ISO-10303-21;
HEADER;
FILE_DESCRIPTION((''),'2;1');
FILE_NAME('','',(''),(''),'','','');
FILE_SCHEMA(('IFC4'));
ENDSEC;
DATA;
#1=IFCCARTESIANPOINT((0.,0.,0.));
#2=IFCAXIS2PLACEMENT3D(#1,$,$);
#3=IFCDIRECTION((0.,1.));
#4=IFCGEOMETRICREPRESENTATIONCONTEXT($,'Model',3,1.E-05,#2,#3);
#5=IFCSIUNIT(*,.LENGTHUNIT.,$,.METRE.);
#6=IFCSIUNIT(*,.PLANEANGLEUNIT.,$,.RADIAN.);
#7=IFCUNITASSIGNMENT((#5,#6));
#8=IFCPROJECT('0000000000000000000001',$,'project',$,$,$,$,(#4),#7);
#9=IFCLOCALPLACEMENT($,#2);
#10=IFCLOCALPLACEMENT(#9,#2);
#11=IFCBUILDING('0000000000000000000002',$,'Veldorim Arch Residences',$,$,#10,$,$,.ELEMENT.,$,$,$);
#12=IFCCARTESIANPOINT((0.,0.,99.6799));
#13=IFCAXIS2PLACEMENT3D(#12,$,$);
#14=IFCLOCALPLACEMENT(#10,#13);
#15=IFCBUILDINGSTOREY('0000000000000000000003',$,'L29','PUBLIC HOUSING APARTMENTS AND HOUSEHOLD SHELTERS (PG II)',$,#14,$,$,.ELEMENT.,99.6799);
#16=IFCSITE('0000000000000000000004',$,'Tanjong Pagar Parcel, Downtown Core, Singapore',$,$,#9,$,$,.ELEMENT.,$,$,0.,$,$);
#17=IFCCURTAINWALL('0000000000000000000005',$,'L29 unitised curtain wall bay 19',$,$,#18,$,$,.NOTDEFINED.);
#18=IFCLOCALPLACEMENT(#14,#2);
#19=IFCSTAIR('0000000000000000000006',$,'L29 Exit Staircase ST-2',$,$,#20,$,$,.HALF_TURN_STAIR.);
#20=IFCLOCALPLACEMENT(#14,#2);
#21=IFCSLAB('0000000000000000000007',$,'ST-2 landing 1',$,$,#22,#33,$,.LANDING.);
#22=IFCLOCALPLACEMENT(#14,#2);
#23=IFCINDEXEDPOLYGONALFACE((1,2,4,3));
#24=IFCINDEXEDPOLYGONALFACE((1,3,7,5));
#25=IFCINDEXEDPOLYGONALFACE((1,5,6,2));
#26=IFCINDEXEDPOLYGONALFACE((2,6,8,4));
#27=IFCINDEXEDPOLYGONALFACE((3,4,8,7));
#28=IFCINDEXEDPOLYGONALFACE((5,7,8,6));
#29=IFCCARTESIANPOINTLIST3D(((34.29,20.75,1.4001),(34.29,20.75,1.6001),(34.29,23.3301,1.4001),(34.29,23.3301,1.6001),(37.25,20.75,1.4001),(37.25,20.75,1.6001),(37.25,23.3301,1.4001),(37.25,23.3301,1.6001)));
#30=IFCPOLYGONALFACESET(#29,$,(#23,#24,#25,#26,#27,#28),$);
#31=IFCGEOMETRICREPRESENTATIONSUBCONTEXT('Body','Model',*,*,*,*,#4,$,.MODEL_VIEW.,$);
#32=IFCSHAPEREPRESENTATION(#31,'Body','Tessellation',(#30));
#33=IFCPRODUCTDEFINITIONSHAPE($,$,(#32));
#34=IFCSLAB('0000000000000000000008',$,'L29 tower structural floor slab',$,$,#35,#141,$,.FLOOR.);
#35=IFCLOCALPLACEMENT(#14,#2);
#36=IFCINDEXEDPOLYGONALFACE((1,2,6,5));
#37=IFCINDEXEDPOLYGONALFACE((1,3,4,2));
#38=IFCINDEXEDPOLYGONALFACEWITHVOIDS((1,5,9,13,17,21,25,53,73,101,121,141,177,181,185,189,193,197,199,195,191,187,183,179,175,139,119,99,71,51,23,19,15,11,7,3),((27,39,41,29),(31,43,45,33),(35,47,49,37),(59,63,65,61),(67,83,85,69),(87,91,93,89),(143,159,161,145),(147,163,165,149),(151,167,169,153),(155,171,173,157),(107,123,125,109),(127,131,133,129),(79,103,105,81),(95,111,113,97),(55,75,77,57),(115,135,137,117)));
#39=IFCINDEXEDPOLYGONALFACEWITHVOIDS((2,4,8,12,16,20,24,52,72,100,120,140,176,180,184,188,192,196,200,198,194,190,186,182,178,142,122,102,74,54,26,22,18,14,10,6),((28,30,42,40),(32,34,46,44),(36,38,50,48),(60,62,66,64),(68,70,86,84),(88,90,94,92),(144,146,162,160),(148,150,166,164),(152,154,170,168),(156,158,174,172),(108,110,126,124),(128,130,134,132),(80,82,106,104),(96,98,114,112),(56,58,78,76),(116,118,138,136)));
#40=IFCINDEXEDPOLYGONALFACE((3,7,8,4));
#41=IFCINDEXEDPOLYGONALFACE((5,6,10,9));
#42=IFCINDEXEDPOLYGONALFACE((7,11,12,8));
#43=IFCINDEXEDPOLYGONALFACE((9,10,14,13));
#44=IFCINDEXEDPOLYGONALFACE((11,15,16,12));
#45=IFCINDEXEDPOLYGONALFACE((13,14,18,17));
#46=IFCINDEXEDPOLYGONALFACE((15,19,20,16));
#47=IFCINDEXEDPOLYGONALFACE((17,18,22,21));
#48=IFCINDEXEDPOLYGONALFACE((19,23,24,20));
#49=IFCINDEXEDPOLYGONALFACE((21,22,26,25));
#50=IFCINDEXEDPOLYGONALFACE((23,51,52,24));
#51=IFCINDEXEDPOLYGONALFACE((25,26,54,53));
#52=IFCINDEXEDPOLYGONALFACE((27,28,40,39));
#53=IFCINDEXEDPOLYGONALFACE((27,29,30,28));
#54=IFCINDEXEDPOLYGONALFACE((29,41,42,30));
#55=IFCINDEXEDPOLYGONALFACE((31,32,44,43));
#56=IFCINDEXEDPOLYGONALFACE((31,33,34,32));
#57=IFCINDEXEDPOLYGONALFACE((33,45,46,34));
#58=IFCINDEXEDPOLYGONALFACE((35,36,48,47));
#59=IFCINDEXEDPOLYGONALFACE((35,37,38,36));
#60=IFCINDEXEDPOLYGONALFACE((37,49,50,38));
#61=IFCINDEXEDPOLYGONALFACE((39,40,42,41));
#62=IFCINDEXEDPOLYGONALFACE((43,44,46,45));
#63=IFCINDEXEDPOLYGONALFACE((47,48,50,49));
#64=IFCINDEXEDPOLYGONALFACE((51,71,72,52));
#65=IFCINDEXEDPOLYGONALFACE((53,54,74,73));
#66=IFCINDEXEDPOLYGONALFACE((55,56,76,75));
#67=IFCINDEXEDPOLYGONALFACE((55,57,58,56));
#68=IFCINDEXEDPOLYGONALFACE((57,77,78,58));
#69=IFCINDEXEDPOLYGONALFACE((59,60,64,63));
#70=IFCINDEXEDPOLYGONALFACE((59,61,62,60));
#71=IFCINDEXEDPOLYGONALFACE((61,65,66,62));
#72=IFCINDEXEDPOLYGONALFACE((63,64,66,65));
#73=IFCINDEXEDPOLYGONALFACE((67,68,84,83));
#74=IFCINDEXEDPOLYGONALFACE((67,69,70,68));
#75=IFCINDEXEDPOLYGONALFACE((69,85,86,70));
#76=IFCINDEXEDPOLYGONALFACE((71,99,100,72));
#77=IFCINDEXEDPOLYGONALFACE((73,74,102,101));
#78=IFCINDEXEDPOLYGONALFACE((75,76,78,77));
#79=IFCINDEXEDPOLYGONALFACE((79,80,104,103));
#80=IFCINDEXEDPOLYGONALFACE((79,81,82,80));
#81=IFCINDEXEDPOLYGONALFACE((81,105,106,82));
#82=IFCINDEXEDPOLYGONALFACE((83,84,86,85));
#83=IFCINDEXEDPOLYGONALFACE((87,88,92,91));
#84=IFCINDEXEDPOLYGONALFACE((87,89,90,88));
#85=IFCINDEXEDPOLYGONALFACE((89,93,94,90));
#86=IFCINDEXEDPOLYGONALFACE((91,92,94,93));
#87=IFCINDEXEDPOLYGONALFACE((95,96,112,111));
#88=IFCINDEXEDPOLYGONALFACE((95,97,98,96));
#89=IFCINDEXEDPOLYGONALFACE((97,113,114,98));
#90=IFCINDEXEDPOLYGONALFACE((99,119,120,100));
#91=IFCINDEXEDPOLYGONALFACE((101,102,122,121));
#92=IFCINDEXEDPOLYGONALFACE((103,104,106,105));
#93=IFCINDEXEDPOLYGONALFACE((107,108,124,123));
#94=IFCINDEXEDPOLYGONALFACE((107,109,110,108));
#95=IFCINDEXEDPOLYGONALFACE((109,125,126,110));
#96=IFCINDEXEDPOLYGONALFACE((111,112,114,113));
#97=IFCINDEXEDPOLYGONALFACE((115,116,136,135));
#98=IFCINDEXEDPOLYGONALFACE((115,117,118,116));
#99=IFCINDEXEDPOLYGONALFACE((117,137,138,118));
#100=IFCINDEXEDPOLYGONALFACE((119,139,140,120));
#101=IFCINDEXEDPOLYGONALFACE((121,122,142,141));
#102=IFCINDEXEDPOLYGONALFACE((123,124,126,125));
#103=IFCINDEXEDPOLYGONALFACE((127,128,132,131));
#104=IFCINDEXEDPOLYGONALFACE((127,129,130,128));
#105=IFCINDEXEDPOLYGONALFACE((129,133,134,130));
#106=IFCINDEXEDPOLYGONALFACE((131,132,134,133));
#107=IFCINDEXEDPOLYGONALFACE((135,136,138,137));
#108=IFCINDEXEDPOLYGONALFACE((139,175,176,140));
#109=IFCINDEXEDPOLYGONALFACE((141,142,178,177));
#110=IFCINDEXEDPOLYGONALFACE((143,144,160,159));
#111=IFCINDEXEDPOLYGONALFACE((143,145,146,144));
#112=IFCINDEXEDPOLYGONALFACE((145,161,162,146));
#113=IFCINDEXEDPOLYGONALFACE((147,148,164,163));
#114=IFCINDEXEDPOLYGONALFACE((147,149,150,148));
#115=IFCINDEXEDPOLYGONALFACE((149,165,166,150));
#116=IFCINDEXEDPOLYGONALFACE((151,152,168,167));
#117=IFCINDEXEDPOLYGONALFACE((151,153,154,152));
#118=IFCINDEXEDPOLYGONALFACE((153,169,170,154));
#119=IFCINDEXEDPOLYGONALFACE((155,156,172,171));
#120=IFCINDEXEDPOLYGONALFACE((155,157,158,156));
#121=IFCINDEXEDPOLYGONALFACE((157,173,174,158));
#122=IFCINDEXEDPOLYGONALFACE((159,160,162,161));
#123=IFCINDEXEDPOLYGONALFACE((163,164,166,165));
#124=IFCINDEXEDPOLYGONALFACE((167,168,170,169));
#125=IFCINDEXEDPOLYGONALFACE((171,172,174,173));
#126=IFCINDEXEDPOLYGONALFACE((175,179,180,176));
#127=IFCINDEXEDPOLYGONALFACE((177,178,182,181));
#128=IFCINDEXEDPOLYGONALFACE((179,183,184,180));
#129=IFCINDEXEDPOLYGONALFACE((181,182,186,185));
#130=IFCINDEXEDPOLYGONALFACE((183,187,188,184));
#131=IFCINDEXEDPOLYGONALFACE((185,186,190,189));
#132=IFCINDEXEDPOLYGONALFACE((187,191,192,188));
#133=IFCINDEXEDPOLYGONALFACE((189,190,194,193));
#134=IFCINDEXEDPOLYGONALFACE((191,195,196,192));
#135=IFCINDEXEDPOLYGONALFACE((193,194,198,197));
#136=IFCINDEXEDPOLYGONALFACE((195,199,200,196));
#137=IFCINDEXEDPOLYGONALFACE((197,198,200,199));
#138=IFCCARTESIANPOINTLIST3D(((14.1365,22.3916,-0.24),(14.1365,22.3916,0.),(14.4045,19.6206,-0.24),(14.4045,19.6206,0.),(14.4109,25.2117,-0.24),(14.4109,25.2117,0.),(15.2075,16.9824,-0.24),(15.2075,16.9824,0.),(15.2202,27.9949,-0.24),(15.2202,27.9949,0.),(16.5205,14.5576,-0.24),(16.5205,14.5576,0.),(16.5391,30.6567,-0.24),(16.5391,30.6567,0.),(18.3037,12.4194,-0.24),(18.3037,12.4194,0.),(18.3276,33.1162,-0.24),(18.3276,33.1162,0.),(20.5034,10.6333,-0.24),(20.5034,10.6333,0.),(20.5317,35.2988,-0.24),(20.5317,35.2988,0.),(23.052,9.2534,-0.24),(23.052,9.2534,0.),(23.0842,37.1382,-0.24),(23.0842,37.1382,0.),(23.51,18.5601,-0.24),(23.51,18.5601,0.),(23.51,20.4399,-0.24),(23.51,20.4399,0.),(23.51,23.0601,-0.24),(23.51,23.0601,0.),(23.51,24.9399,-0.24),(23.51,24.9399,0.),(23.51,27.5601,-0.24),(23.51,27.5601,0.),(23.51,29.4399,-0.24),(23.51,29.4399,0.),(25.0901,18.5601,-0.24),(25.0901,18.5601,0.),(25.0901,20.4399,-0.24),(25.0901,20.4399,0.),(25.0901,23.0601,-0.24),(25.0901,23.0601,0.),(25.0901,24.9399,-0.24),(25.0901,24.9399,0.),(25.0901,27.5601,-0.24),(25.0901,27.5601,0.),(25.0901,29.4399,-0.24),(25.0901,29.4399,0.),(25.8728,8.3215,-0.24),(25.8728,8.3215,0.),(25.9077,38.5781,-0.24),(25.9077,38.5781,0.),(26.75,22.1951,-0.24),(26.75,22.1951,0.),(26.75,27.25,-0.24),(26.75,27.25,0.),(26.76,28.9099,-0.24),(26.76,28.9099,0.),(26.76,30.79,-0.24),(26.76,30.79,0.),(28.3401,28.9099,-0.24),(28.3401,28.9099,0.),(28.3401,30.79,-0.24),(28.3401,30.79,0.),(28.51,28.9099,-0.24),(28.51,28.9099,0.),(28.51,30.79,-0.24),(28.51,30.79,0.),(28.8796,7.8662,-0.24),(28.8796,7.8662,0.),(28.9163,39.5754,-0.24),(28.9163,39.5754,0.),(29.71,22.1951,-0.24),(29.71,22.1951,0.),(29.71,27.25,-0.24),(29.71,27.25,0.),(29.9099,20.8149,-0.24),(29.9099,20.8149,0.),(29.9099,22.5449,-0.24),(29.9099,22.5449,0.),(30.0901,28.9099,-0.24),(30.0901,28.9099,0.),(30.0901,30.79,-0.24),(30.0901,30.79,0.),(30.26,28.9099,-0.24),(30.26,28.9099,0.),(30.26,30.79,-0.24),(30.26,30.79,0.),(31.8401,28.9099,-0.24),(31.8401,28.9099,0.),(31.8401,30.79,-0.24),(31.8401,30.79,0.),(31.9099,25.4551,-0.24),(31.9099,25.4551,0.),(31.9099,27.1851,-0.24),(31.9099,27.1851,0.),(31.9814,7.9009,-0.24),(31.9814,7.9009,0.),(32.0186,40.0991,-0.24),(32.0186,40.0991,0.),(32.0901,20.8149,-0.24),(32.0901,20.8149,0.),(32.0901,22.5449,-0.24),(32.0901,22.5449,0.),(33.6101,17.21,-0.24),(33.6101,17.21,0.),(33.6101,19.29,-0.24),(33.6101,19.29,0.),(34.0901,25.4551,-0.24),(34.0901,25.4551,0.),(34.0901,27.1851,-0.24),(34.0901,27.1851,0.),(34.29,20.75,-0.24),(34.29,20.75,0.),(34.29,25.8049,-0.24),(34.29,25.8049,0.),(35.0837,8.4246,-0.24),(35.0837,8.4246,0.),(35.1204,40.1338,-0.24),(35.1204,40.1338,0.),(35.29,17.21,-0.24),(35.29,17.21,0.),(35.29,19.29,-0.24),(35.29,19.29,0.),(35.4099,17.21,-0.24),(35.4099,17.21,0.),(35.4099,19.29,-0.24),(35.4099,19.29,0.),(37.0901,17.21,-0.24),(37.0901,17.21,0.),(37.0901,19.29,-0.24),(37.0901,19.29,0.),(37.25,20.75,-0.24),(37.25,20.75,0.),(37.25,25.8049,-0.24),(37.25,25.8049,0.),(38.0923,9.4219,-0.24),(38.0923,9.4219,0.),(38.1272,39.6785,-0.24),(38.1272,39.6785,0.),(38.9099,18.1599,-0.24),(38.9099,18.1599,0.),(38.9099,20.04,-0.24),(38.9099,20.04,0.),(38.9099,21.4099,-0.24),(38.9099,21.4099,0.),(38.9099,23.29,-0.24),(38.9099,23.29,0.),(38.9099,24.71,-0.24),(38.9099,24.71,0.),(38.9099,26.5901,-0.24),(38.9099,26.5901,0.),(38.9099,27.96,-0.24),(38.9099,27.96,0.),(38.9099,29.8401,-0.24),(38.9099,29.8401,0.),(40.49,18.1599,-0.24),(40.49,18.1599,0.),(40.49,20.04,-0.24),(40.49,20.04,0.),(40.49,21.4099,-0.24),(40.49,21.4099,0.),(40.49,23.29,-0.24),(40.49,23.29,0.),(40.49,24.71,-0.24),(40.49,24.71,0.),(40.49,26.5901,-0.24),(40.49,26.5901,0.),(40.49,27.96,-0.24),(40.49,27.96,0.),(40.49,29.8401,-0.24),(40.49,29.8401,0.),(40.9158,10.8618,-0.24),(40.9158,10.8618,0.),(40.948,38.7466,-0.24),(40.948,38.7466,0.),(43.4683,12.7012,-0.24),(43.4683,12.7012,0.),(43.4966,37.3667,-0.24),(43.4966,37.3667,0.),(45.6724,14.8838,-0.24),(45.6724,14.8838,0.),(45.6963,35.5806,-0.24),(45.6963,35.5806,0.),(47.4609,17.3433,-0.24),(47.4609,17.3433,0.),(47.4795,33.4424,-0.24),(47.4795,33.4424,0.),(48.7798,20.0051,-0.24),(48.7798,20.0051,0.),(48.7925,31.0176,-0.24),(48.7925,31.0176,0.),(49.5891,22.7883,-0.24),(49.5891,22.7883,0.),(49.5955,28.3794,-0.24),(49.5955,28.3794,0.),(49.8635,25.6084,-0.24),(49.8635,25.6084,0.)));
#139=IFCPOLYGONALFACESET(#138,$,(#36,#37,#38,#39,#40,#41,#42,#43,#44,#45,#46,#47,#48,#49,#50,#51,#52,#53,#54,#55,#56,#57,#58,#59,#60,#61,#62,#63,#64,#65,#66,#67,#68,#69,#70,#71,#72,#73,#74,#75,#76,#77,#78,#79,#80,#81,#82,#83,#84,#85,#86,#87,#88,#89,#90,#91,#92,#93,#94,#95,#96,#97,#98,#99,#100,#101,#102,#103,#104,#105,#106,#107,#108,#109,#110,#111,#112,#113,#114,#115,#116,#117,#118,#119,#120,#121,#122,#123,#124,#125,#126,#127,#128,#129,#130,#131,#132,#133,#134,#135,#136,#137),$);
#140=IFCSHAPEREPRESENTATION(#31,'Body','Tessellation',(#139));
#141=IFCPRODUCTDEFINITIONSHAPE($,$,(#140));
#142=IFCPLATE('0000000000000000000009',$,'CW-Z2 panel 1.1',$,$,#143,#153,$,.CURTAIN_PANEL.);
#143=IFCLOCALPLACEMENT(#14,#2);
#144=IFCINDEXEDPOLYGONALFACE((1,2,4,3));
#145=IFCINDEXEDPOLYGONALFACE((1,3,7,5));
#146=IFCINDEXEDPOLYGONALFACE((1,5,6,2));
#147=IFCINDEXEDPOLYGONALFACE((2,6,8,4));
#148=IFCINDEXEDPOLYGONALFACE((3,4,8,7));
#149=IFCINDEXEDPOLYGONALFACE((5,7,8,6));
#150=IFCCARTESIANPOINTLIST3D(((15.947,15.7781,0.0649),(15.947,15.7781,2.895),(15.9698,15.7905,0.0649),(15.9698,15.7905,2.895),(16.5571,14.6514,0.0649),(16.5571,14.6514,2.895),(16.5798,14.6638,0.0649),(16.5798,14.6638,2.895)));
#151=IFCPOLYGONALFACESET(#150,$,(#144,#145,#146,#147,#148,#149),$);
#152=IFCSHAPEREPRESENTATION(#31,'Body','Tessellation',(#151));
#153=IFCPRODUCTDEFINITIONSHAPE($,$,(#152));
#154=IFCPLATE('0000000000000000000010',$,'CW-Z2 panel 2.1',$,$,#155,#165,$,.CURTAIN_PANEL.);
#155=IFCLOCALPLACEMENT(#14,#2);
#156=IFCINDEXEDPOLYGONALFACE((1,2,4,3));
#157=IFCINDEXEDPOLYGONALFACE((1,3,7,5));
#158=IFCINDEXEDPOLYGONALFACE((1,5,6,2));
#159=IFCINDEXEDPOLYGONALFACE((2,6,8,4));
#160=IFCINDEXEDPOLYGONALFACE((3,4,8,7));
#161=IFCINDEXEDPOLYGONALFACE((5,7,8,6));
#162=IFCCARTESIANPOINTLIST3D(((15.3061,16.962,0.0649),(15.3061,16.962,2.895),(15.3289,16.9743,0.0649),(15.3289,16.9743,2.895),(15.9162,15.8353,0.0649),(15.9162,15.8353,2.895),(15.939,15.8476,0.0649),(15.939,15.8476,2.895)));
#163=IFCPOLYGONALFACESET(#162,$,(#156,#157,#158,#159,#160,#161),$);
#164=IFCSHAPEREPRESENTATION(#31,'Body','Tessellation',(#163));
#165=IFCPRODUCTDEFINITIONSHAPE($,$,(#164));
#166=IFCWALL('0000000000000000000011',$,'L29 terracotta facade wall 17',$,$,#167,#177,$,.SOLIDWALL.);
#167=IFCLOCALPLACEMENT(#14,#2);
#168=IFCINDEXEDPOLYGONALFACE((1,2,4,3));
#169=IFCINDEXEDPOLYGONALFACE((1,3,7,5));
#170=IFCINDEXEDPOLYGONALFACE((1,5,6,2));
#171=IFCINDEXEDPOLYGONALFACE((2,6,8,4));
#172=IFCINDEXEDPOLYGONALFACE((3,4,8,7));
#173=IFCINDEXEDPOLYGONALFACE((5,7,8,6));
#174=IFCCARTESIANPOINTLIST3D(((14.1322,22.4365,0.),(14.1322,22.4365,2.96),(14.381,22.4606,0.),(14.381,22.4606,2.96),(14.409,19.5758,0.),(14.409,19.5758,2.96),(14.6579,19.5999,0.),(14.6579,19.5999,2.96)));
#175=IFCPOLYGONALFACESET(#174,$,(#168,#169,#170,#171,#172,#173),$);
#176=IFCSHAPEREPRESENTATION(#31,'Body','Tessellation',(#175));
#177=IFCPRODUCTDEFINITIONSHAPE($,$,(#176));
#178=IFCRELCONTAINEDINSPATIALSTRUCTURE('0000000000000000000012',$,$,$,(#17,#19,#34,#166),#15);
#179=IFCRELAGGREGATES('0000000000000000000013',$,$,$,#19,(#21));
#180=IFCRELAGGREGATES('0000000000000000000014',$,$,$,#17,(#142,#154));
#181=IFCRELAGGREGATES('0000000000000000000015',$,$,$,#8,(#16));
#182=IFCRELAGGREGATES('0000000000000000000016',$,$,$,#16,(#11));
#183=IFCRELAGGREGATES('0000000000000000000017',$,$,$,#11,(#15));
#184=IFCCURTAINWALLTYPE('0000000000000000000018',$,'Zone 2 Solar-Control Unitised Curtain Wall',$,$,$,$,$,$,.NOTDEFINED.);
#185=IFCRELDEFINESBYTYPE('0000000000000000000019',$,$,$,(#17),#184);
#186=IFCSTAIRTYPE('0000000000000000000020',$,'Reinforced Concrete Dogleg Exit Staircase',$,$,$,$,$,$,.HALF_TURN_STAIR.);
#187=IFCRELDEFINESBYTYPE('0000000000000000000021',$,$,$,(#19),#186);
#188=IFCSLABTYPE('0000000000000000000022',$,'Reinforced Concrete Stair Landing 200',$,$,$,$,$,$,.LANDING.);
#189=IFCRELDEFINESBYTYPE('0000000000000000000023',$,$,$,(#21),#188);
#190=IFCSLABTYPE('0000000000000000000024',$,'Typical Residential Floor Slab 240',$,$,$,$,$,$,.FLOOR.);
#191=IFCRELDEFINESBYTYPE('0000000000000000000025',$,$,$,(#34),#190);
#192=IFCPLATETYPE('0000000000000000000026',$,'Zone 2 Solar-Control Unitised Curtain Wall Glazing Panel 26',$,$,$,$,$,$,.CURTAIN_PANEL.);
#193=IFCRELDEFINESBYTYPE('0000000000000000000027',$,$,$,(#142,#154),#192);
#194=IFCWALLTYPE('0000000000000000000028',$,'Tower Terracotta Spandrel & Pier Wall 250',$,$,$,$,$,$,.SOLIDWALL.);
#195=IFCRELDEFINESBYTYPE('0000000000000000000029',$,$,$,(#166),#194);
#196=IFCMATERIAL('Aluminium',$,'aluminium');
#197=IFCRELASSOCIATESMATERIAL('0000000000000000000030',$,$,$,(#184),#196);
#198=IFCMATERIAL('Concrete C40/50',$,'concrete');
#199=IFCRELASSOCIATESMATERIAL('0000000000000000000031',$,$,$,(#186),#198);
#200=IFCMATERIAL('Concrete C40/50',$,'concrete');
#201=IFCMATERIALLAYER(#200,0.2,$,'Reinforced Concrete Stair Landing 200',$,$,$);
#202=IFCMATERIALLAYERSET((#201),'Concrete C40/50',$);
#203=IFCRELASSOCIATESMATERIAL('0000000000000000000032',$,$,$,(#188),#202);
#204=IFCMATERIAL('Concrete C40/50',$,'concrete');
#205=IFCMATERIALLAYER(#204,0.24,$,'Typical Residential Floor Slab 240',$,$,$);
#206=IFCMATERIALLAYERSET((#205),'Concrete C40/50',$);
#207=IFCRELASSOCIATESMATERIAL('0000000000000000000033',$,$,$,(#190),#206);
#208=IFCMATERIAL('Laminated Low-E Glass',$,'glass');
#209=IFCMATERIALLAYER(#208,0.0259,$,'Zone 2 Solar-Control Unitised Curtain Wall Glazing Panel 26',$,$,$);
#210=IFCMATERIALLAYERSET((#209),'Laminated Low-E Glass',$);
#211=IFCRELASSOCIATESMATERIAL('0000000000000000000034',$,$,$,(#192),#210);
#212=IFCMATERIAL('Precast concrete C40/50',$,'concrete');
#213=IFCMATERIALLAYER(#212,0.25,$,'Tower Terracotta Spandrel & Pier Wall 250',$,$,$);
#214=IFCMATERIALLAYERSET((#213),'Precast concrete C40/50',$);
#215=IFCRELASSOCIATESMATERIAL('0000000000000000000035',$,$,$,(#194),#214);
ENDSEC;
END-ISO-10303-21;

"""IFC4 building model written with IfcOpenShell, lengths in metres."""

from ifc_helpers import new_model, si_unit, direction, frame, frame_2d, origin, origin_2d, place, context, subcontext, project, spatial, polyline, rectangle, outline, extrude, material, layer, layer_set, type_object, element, aggregate, save


model = new_model("IFC4")

# Units and contexts
model_context = context("Model", 3, precision=1e-05, world=origin(), true_north=direction((0.0, 1.0)))
body_context = subcontext(model_context, "Body", "Model", "MODEL_VIEW")
ifc_project = project(units=[si_unit("LENGTHUNIT", "METRE"), si_unit("PLANEANGLEUNIT", "RADIAN")], contexts=[model_context])

# Site, building, storey
site_placement = place(None, origin())
site = spatial("IfcSite", under=ifc_project, at=site_placement, Name="Tanjong Pagar Parcel, Downtown Core, Singapore", CompositionType="ELEMENT", RefElevation=0.0)
building_placement = place(site_placement, origin())
building = spatial("IfcBuilding", under=site, at=building_placement, Name="Veldorim Arch Residences", CompositionType="ELEMENT")
storey_placement = place(building_placement, frame((0.0, 0.0, 99.6799)))
storey = spatial("IfcBuildingStorey", under=building, at=storey_placement, Name="L29", Description="PUBLIC HOUSING APARTMENTS AND HOUSEHOLD SHELTERS (PG II)", CompositionType="ELEMENT", Elevation=99.6799)

# Curtain wall
ifc_material_1 = material(Name="Aluminium", Category="aluminium")
curtain_wall_type = type_object("IfcCurtainWallType", Name="Zone 2 Solar-Control Unitised Curtain Wall", PredefinedType="NOTDEFINED", material=ifc_material_1)
curtain_wall_placement = place(storey_placement, origin())
curtain_wall = element("IfcCurtainWall", 1, at=curtain_wall_placement, inside=storey, type_object=curtain_wall_type, Name="L29 unitised curtain wall bay 19", PredefinedType="NOTDEFINED")

# Stair, slab
ifc_material_2 = material(Name="Concrete C40/50", Category="concrete")
stair_type = type_object("IfcStairType", Name="Reinforced Concrete Dogleg Exit Staircase", PredefinedType="HALF_TURN_STAIR", material=ifc_material_2)
ifc_material_3 = material(Name="Concrete C40/50", Category="concrete")
ifc_layer_1 = layer(ifc_material_3, 0.2, Name="Reinforced Concrete Stair Landing 200")
ifc_layer_set_1 = layer_set([ifc_layer_1], Name="Concrete C40/50")
slab_type_1 = type_object("IfcSlabType", Name="Reinforced Concrete Stair Landing 200", PredefinedType="LANDING", material=ifc_layer_set_1)
stair_1_placement = place(storey_placement, origin())
stair_1 = element("IfcStair", 2, at=stair_1_placement, inside=storey, type_object=stair_type, Name="L29 Exit Staircase ST-2", PredefinedType="HALF_TURN_STAIR")
slab_1_placement = place(storey_placement, frame((0.0, 0.0, 1.4001)))
slab_1 = element("IfcSlab", 3, at=slab_1_placement, type_object=slab_type_1, Name="ST-2 landing 1", PredefinedType="LANDING", context=body_context, shape_type="SweptSolid", body=[
    extrude(outline(polyline([(34.29, 23.3301), (34.29, 20.75), (37.25, 20.75), (37.25, 23.3301), (34.29, 23.3301)])), origin(), (0.0, 0.0, 1.0), 0.2),
])
aggregate(stair_1, [slab_1])

# Slab
ifc_material_4 = material(Name="Concrete C40/50", Category="concrete")
ifc_layer_2 = layer(ifc_material_4, 0.24, Name="Typical Residential Floor Slab 240")
ifc_layer_set_2 = layer_set([ifc_layer_2], Name="Concrete C40/50")
slab_type_2 = type_object("IfcSlabType", Name="Typical Residential Floor Slab 240", PredefinedType="FLOOR", material=ifc_layer_set_2)
slab_2_placement = place(storey_placement, frame((0.0, 0.0, -0.24)))
element("IfcSlab", 4, at=slab_2_placement, inside=storey, type_object=slab_type_2, Name="L29 tower structural floor slab", PredefinedType="FLOOR", context=body_context, shape_type="SweptSolid", body=[
    extrude(outline(polyline([(48.7925, 31.0176), (47.4795, 33.4424), (45.6963, 35.5806), (43.4966, 37.3667), (40.948, 38.7466), (38.1272, 39.6785), (35.1204, 40.1338), (32.0186, 40.0991), (28.9163, 39.5754), (25.9077, 38.5781), (23.0842, 37.1382), (20.5317, 35.2988), (18.3276, 33.1162), (16.5391, 30.6567), (15.2202, 27.9949), (14.4109, 25.2117), (14.1365, 22.3916), (14.4045, 19.6206), (15.2075, 16.9824), (16.5205, 14.5576), (18.3037, 12.4194), (20.5034, 10.6333), (23.052, 9.2534), (25.8728, 8.3215), (28.8796, 7.8662), (31.9814, 7.9009), (35.0837, 8.4246), (38.0923, 9.4219), (40.9158, 10.8618), (43.4683, 12.7012), (45.6724, 14.8838), (47.4609, 17.3433), (48.7798, 20.0051), (49.5891, 22.7883), (49.8635, 25.6084), (49.5955, 28.3794), (48.7925, 31.0176)]), holes=[polyline([(23.51, 20.4399), (25.0901, 20.4399), (25.0901, 18.5601), (23.51, 18.5601), (23.51, 20.4399)]), polyline([(29.9099, 22.5449), (32.0901, 22.5449), (32.0901, 20.8149), (29.9099, 20.8149), (29.9099, 22.5449)]), polyline([(23.51, 24.9399), (25.0901, 24.9399), (25.0901, 23.0601), (23.51, 23.0601), (23.51, 24.9399)]), polyline([(26.75, 27.25), (29.71, 27.25), (29.71, 22.1951), (26.75, 22.1951), (26.75, 27.25)]), polyline([(23.51, 29.4399), (25.0901, 29.4399), (25.0901, 27.5601), (23.51, 27.5601), (23.51, 29.4399)]), polyline([(26.76, 30.79), (28.3401, 30.79), (28.3401, 28.9099), (26.76, 28.9099), (26.76, 30.79)]), polyline([(28.51, 30.79), (30.0901, 30.79), (30.0901, 28.9099), (28.51, 28.9099), (28.51, 30.79)]), polyline([(30.26, 30.79), (31.8401, 30.79), (31.8401, 28.9099), (30.26, 28.9099), (30.26, 30.79)]), polyline([(33.6101, 19.29), (35.29, 19.29), (35.29, 17.21), (33.6101, 17.21), (33.6101, 19.29)]), polyline([(35.4099, 19.29), (37.0901, 19.29), (37.0901, 17.21), (35.4099, 17.21), (35.4099, 19.29)]), polyline([(38.9099, 20.04), (40.49, 20.04), (40.49, 18.1599), (38.9099, 18.1599), (38.9099, 20.04)]), polyline([(38.9099, 23.29), (40.49, 23.29), (40.49, 21.4099), (38.9099, 21.4099), (38.9099, 23.29)]), polyline([(34.29, 25.8049), (37.25, 25.8049), (37.25, 20.75), (34.29, 20.75), (34.29, 25.8049)]), polyline([(38.9099, 26.5901), (40.49, 26.5901), (40.49, 24.71), (38.9099, 24.71), (38.9099, 26.5901)]), polyline([(31.9099, 27.1851), (34.0901, 27.1851), (34.0901, 25.4551), (31.9099, 25.4551), (31.9099, 27.1851)]), polyline([(38.9099, 29.8401), (40.49, 29.8401), (40.49, 27.96), (38.9099, 27.96), (38.9099, 29.8401)])]), origin(), (0.0, 0.0, 1.0), 0.24),
])

# Plates
ifc_material_5 = material(Name="Laminated Low-E Glass", Category="glass")
ifc_layer_3 = layer(ifc_material_5, 0.0259, Name="Zone 2 Solar-Control Unitised Curtain Wall Glazing Panel 26")
ifc_layer_set_3 = layer_set([ifc_layer_3], Name="Laminated Low-E Glass")
plate_type = type_object("IfcPlateType", Name="Zone 2 Solar-Control Unitised Curtain Wall Glazing Panel 26", PredefinedType="CURTAIN_PANEL", material=ifc_layer_set_3)
plate_1_placement = place(storey_placement, frame((16.2634, 15.2209, 0.0649), z_axis=(0.0, 0.0, 1.0), x_axis=(-0.476146, 0.879366, 0.0)))
plate_1 = element("IfcPlate", 5, at=plate_1_placement, type_object=plate_type, Name="CW-Z2 panel 1.1", PredefinedType="CURTAIN_PANEL", context=body_context, shape_type="SweptSolid", body=[
    extrude(rectangle(XDim=1.2812, YDim=0.0259, at=origin_2d()), origin(), (0.0, 0.0, 1.0), 2.8301),
])
plate_2_placement = place(storey_placement, frame((15.6226, 16.4048, 0.0649), z_axis=(0.0, 0.0, 1.0), x_axis=(-0.476146, 0.879366, 0.0)))
plate_2 = element("IfcPlate", 6, at=plate_2_placement, type_object=plate_type, Name="CW-Z2 panel 2.1", PredefinedType="CURTAIN_PANEL", context=body_context, shape_type="SweptSolid", body=[
    extrude(rectangle(XDim=1.2812, YDim=0.0259, at=origin_2d()), origin(), (0.0, 0.0, 1.0), 2.8301),
])
aggregate(curtain_wall, [plate_1, plate_2])

# Wall
ifc_material_6 = material(Name="Precast concrete C40/50", Category="concrete")
ifc_layer_4 = layer(ifc_material_6, 0.25, Name="Tower Terracotta Spandrel & Pier Wall 250")
ifc_layer_set_4 = layer_set([ifc_layer_4], Name="Precast concrete C40/50")
wall_type = type_object("IfcWallType", Name="Tower Terracotta Spandrel & Pier Wall 250", PredefinedType="SOLIDWALL", material=ifc_layer_set_4)
wall_1_placement = place(storey_placement, frame((14.5334, 19.5879, 0.0), z_axis=(0.0, 0.0, 1.0), x_axis=(-0.096332, 0.995349, 0.0)))
element("IfcWall", 7, at=wall_1_placement, inside=storey, type_object=wall_type, Name="L29 terracotta facade wall 17", PredefinedType="SOLIDWALL", context=body_context, shape_type="SweptSolid", body=[
    extrude(rectangle(XDim=2.874, YDim=0.25, at=frame_2d((1.437, 0.0))), origin(), (0.0, 0.0, 1.0), 2.96),
])

save(model, "model.ifc")
